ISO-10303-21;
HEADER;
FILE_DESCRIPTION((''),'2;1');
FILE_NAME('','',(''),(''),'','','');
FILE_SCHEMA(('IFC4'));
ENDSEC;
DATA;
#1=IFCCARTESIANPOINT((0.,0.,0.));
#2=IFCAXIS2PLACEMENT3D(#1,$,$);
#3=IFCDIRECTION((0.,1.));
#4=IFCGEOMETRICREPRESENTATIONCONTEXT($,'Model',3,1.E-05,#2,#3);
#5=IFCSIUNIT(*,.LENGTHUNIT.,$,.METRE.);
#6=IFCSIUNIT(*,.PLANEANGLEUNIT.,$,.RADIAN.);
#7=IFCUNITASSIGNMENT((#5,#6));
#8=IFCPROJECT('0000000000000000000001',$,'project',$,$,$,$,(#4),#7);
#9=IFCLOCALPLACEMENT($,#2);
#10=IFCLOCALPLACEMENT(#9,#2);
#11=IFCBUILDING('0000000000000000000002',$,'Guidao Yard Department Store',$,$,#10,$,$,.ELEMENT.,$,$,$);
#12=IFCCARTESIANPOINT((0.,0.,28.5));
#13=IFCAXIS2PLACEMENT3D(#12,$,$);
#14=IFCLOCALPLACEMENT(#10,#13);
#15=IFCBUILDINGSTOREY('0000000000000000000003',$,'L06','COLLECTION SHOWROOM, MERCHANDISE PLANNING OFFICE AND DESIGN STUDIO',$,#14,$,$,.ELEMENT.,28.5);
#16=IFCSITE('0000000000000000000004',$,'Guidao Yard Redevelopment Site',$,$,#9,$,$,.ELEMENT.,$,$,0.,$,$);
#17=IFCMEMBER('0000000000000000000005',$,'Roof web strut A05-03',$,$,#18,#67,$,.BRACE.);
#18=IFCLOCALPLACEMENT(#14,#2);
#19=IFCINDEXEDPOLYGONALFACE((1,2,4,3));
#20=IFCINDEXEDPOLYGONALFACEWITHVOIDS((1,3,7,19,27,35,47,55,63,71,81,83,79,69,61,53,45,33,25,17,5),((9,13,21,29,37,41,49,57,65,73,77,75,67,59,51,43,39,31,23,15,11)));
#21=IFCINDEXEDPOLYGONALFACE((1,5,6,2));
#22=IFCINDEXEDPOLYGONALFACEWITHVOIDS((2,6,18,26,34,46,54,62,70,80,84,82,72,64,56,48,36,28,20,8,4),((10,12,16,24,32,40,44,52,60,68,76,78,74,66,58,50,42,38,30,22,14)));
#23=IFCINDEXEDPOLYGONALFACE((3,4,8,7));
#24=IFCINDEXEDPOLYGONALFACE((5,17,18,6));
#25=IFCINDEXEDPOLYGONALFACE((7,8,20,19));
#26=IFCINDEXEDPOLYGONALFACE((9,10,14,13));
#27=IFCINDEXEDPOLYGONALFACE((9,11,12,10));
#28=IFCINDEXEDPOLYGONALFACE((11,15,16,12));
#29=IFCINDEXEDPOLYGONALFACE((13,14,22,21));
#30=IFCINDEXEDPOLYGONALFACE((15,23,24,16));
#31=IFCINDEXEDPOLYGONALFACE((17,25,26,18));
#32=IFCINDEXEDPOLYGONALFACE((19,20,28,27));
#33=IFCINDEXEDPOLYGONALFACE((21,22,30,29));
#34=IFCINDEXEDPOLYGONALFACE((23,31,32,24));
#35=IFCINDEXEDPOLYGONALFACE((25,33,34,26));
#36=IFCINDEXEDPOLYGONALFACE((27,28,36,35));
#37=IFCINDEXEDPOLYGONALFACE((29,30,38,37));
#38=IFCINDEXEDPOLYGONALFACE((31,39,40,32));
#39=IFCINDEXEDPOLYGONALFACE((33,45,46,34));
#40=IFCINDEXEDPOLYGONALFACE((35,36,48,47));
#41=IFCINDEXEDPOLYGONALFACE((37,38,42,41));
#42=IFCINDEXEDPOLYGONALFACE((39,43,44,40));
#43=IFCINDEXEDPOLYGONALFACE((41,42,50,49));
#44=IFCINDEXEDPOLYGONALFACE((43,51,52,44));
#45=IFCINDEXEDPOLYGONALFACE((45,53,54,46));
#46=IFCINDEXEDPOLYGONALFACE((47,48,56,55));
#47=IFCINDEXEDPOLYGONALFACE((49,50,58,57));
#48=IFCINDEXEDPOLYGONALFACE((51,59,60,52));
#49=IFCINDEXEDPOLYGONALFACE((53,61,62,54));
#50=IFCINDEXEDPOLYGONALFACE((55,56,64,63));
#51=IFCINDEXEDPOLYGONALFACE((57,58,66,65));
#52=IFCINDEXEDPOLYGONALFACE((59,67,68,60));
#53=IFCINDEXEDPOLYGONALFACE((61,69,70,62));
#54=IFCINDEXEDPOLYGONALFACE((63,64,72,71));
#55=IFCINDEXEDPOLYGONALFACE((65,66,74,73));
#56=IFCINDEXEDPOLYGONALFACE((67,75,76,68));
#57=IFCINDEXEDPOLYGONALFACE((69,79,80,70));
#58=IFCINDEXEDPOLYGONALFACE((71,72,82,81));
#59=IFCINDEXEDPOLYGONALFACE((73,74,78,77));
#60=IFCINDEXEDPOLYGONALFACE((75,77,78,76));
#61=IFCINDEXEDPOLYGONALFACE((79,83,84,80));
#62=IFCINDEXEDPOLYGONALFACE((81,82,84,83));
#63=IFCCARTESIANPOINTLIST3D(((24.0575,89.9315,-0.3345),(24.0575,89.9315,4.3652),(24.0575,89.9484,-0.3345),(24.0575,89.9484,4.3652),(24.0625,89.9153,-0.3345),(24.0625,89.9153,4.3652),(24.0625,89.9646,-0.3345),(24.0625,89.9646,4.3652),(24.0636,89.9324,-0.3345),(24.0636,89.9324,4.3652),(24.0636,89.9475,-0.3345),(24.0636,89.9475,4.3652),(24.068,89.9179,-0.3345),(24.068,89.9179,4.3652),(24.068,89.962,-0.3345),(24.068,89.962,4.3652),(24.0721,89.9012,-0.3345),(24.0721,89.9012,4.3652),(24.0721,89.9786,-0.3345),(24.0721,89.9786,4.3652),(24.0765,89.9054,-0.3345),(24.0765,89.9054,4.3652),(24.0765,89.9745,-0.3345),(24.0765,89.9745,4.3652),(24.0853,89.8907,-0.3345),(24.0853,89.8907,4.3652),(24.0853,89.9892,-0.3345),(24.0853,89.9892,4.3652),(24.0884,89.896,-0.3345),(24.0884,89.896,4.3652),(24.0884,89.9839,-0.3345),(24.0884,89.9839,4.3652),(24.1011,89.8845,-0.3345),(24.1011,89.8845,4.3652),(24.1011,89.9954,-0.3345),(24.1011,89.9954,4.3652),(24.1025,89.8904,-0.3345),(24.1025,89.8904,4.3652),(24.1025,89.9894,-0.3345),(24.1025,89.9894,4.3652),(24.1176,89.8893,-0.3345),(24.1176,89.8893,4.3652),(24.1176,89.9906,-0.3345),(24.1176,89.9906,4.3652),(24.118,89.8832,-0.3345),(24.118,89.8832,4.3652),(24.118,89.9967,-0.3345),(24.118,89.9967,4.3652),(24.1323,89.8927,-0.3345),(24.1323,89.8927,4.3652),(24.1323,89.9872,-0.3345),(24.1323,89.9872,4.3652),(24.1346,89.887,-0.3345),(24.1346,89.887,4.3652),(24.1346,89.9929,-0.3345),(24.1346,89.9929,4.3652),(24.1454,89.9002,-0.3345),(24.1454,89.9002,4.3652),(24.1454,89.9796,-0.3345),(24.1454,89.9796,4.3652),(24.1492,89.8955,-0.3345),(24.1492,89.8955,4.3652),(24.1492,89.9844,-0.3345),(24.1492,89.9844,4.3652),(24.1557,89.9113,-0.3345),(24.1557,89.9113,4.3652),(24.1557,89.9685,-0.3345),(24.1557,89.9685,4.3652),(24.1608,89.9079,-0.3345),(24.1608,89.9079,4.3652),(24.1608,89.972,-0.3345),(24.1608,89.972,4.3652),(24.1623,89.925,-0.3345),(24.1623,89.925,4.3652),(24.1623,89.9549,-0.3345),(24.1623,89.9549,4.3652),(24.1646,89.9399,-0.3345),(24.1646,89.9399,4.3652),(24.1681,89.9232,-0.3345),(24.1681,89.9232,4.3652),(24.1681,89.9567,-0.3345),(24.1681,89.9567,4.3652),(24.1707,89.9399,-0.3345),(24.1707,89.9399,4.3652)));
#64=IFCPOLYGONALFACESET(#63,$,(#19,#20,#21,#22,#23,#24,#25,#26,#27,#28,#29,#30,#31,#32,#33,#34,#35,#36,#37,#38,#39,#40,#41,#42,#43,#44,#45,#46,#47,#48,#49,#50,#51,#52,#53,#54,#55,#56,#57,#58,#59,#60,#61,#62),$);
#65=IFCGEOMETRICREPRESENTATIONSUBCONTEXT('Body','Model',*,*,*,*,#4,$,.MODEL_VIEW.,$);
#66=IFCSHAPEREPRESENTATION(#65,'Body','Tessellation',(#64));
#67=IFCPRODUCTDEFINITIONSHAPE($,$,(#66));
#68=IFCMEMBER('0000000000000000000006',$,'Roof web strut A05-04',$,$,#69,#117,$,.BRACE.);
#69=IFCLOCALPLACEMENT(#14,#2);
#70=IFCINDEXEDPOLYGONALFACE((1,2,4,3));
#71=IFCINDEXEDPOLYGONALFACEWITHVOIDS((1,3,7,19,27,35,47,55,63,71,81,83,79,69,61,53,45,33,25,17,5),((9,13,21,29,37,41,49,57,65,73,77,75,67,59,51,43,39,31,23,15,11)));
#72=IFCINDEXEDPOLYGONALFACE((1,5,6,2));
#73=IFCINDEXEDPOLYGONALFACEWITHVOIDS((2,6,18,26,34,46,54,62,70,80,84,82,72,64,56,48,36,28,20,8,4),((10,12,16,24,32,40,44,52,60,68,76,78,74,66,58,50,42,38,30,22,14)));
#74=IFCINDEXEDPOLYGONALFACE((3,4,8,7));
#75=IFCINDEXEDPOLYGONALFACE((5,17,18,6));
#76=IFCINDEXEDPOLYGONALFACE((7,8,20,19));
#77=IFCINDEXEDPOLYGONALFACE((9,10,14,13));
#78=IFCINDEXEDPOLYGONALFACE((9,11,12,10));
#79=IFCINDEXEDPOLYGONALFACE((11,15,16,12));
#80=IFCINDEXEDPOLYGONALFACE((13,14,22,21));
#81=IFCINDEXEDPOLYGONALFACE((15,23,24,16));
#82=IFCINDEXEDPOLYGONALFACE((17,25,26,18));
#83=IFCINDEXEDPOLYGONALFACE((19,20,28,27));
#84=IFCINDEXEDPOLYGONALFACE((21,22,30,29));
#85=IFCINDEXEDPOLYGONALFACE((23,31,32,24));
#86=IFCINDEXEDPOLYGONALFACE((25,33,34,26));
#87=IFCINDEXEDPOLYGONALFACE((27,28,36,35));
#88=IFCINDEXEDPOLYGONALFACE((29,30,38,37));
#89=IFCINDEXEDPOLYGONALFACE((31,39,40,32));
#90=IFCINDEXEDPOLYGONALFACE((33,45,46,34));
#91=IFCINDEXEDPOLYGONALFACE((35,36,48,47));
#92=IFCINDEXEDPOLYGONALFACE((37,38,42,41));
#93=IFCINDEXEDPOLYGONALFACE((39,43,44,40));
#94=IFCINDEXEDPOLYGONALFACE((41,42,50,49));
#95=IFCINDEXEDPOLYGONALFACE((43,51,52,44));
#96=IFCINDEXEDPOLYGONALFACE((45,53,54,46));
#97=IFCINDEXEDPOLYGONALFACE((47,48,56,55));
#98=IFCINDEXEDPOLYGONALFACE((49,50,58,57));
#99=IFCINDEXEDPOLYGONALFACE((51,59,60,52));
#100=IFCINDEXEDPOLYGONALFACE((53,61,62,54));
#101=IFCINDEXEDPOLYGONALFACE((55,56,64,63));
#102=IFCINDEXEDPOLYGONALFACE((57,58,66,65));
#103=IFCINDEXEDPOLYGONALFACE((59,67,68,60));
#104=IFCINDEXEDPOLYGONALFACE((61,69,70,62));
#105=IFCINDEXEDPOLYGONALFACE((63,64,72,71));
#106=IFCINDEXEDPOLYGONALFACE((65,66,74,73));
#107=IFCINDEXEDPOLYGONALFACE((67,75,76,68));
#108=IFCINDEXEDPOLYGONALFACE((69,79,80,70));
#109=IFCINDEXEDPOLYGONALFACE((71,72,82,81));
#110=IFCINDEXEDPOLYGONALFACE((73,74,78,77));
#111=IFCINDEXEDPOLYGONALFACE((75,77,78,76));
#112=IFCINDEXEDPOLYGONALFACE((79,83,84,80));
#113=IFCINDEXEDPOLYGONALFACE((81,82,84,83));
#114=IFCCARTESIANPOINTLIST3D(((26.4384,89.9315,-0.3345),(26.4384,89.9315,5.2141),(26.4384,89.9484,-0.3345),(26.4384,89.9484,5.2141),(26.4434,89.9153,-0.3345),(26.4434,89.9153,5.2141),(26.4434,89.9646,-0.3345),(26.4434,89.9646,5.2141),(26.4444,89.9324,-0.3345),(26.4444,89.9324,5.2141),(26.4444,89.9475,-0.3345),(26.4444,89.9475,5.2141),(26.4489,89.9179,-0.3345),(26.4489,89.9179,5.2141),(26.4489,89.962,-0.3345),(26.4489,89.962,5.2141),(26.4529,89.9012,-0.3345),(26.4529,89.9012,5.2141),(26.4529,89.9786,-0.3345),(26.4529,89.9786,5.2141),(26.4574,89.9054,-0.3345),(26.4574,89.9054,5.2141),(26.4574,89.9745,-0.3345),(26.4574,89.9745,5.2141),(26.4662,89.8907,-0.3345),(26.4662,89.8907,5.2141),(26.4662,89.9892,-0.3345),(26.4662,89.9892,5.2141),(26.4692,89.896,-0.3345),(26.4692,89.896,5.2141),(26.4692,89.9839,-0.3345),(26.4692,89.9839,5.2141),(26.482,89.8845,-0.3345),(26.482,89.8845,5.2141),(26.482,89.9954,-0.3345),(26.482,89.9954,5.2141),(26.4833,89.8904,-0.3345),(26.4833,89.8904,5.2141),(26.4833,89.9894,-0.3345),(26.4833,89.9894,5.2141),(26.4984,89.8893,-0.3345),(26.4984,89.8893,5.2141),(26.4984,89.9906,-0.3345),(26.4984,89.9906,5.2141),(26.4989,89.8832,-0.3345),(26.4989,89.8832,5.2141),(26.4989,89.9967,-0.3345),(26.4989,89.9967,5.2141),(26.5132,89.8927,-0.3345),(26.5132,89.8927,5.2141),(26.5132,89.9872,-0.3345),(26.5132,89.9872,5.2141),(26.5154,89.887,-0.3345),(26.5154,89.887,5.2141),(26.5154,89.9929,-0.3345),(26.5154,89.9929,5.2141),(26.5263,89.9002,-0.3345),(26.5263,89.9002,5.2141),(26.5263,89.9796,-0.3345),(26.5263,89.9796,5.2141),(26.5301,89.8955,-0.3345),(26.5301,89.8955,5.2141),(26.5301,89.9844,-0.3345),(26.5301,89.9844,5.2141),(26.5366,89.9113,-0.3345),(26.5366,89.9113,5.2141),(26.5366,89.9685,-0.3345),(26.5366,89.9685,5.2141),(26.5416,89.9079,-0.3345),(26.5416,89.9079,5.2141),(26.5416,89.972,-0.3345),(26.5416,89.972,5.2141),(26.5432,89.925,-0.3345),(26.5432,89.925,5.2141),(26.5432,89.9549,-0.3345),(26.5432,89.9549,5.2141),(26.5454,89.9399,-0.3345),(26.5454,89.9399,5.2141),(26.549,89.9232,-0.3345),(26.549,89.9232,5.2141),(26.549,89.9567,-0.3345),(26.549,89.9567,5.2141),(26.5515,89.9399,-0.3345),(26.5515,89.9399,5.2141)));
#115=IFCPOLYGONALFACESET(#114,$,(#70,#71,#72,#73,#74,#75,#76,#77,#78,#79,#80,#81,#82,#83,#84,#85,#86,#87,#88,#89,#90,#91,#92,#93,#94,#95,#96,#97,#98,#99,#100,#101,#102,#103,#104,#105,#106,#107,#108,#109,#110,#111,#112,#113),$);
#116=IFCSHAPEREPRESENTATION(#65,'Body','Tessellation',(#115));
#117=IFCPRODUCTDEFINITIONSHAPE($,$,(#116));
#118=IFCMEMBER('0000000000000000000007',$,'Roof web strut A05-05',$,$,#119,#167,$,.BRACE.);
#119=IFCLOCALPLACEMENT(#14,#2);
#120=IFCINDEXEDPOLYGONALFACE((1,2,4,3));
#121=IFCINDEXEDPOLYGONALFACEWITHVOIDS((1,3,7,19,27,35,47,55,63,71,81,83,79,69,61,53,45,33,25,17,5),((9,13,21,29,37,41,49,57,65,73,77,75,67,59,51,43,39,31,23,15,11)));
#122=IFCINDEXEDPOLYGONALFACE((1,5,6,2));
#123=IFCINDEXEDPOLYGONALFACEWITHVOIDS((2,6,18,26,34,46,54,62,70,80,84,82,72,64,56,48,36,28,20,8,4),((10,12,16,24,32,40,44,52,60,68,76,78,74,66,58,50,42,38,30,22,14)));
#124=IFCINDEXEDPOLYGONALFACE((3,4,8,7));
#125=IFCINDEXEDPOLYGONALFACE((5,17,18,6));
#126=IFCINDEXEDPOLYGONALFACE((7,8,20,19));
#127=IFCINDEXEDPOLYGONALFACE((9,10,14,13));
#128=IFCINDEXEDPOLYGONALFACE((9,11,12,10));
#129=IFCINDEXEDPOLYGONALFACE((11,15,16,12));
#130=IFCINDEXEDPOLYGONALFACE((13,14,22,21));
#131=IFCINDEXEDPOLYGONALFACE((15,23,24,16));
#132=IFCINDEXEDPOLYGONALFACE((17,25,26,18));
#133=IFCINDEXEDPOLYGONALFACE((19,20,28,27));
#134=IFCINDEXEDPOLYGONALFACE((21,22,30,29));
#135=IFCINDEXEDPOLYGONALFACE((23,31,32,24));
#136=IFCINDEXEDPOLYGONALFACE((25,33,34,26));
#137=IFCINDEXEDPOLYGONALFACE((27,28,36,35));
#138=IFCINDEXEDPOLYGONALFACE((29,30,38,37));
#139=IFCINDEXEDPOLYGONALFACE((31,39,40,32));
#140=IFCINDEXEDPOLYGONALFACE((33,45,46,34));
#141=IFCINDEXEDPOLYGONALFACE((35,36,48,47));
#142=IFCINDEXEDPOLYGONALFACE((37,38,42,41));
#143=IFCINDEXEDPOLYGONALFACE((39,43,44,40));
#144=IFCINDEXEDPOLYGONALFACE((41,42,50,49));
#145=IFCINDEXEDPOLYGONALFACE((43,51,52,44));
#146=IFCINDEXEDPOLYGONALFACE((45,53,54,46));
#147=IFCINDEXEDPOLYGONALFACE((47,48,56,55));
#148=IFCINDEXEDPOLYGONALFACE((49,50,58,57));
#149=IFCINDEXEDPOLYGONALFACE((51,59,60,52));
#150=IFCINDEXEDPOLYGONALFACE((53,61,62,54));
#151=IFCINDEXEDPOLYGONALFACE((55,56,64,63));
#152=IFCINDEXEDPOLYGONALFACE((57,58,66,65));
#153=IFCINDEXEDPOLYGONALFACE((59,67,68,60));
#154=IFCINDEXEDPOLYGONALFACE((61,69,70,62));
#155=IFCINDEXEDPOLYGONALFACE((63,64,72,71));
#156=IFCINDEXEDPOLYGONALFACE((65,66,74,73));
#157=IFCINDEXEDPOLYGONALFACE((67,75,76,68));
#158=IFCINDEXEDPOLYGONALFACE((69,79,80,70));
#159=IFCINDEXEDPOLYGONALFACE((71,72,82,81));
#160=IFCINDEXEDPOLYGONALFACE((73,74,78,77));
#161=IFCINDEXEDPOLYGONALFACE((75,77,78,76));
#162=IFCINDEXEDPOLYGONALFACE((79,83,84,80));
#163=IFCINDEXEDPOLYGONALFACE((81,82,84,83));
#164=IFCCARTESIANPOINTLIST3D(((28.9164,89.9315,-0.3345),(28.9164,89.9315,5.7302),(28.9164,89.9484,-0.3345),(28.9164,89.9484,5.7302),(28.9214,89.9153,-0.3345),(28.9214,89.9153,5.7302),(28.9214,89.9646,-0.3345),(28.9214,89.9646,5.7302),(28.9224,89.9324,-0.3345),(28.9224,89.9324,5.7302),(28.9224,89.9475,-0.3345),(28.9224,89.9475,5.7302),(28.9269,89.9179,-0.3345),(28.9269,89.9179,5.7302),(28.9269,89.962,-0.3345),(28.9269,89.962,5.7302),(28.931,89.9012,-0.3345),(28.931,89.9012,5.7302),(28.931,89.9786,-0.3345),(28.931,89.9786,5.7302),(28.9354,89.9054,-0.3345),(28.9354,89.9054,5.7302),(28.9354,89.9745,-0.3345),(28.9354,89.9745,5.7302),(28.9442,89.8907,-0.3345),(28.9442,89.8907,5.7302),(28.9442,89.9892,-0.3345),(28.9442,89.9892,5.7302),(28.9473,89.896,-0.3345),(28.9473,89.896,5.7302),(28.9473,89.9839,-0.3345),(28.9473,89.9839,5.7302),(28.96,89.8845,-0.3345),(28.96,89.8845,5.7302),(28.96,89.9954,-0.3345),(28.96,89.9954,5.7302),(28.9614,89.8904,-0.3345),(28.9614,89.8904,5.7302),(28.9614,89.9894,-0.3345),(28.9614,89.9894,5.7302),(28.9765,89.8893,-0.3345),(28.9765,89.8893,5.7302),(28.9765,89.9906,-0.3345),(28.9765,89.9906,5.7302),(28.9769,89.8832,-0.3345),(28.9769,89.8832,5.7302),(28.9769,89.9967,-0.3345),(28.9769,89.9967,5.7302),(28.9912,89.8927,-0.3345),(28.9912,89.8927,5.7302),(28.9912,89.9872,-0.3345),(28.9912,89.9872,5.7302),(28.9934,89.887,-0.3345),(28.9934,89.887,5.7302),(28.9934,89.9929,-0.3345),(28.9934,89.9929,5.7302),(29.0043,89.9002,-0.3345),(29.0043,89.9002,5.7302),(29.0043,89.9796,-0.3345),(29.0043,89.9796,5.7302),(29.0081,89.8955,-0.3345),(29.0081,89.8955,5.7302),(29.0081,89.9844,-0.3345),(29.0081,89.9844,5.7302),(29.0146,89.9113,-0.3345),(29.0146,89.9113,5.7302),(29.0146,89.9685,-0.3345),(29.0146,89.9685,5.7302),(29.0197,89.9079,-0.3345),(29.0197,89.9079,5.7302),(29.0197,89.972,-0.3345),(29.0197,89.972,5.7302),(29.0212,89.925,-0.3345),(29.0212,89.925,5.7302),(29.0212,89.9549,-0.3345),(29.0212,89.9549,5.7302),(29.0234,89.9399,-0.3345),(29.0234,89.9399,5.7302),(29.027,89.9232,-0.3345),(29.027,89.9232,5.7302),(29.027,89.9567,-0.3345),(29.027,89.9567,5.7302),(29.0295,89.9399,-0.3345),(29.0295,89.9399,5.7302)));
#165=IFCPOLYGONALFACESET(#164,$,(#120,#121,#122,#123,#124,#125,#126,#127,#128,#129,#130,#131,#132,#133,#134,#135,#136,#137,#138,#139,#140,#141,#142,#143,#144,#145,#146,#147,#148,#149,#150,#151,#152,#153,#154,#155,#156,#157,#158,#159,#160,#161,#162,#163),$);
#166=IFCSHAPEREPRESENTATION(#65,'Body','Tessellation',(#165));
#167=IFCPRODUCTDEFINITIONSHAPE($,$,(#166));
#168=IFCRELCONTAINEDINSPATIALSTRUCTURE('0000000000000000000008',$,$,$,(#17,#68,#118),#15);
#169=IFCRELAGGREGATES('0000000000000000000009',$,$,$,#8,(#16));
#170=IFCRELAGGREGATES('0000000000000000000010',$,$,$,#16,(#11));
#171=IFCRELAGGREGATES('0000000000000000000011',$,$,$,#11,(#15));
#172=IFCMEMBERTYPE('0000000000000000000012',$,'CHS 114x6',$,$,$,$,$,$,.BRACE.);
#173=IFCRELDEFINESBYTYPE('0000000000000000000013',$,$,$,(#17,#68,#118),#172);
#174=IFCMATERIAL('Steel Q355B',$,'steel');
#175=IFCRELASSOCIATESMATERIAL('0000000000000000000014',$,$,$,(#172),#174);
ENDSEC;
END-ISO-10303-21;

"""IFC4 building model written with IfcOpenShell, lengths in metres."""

from ifc_helpers import new_model, si_unit, direction, frame, origin, origin_2d, place, context, subcontext, project, spatial, hollow_circle, extrude, material, material_profile, profile_set, type_object, element, save


model = new_model("IFC4")

# Units and contexts
model_context = context("Model", 3, precision=1e-05, world=origin(), true_north=direction((0.0, 1.0)))
body_context = subcontext(model_context, "Body", "Model", "MODEL_VIEW")
ifc_project = project(units=[si_unit("LENGTHUNIT", "METRE"), si_unit("PLANEANGLEUNIT", "RADIAN")], contexts=[model_context])

# Site, building, storey
site_placement = place(None, origin())
site = spatial("IfcSite", under=ifc_project, at=site_placement, Name="Guidao Yard Redevelopment Site", CompositionType="ELEMENT", RefElevation=0.0)
building_placement = place(site_placement, origin())
building = spatial("IfcBuilding", under=site, at=building_placement, Name="Guidao Yard Department Store", CompositionType="ELEMENT")
storey_placement = place(building_placement, frame((0.0, 0.0, 28.5)))
storey = spatial("IfcBuildingStorey", under=building, at=storey_placement, Name="L06", Description="COLLECTION SHOWROOM, MERCHANDISE PLANNING OFFICE AND DESIGN STUDIO", CompositionType="ELEMENT", Elevation=28.5)

# Members
ifc_material_1 = material(Name="Steel Q355B", Category="steel")
ifc_material_profile_1 = material_profile(ifc_material_1, hollow_circle(Radius=0.0569, WallThickness=0.0061, at=origin_2d()), Name="CHS 114x6")
ifc_profile_set_1 = profile_set([ifc_material_profile_1], Name="Steel Q355B")
member_type_1 = type_object("IfcMemberType", Name="CHS 114x6", PredefinedType="BRACE", material=ifc_profile_set_1)
member_1_placement = place(storey_placement, frame((24.1138, 89.9399, -0.3345), z_axis=(0.0, 0.0, 1.0), x_axis=(1.0, 0.0, 0.0)))
element("IfcMember", 1, at=member_1_placement, inside=storey, type_object=member_type_1, Name="Roof web strut A05-03", PredefinedType="BRACE", context=body_context, shape_type="SweptSolid", body=[
    extrude(hollow_circle(Radius=0.0569, WallThickness=0.0061, at=origin_2d()), origin(), (0.0, 0.0, 1.0), 4.6997),
])
member_2_placement = place(storey_placement, frame((26.4946, 89.9399, -0.3345), z_axis=(0.0, 0.0, 1.0), x_axis=(1.0, 0.0, 0.0)))
element("IfcMember", 2, at=member_2_placement, inside=storey, type_object=member_type_1, Name="Roof web strut A05-04", PredefinedType="BRACE", context=body_context, shape_type="SweptSolid", body=[
    extrude(hollow_circle(Radius=0.0569, WallThickness=0.0061, at=origin_2d()), origin(), (0.0, 0.0, 1.0), 5.5486),
])
member_3_placement = place(storey_placement, frame((28.9727, 89.9399, -0.3345), z_axis=(0.0, 0.0, 1.0), x_axis=(1.0, 0.0, 0.0)))
element("IfcMember", 3, at=member_3_placement, inside=storey, type_object=member_type_1, Name="Roof web strut A05-05", PredefinedType="BRACE", context=body_context, shape_type="SweptSolid", body=[
    extrude(hollow_circle(Radius=0.0569, WallThickness=0.0061, at=origin_2d()), origin(), (0.0, 0.0, 1.0), 6.0647),
])

save(model, "model.ifc")
